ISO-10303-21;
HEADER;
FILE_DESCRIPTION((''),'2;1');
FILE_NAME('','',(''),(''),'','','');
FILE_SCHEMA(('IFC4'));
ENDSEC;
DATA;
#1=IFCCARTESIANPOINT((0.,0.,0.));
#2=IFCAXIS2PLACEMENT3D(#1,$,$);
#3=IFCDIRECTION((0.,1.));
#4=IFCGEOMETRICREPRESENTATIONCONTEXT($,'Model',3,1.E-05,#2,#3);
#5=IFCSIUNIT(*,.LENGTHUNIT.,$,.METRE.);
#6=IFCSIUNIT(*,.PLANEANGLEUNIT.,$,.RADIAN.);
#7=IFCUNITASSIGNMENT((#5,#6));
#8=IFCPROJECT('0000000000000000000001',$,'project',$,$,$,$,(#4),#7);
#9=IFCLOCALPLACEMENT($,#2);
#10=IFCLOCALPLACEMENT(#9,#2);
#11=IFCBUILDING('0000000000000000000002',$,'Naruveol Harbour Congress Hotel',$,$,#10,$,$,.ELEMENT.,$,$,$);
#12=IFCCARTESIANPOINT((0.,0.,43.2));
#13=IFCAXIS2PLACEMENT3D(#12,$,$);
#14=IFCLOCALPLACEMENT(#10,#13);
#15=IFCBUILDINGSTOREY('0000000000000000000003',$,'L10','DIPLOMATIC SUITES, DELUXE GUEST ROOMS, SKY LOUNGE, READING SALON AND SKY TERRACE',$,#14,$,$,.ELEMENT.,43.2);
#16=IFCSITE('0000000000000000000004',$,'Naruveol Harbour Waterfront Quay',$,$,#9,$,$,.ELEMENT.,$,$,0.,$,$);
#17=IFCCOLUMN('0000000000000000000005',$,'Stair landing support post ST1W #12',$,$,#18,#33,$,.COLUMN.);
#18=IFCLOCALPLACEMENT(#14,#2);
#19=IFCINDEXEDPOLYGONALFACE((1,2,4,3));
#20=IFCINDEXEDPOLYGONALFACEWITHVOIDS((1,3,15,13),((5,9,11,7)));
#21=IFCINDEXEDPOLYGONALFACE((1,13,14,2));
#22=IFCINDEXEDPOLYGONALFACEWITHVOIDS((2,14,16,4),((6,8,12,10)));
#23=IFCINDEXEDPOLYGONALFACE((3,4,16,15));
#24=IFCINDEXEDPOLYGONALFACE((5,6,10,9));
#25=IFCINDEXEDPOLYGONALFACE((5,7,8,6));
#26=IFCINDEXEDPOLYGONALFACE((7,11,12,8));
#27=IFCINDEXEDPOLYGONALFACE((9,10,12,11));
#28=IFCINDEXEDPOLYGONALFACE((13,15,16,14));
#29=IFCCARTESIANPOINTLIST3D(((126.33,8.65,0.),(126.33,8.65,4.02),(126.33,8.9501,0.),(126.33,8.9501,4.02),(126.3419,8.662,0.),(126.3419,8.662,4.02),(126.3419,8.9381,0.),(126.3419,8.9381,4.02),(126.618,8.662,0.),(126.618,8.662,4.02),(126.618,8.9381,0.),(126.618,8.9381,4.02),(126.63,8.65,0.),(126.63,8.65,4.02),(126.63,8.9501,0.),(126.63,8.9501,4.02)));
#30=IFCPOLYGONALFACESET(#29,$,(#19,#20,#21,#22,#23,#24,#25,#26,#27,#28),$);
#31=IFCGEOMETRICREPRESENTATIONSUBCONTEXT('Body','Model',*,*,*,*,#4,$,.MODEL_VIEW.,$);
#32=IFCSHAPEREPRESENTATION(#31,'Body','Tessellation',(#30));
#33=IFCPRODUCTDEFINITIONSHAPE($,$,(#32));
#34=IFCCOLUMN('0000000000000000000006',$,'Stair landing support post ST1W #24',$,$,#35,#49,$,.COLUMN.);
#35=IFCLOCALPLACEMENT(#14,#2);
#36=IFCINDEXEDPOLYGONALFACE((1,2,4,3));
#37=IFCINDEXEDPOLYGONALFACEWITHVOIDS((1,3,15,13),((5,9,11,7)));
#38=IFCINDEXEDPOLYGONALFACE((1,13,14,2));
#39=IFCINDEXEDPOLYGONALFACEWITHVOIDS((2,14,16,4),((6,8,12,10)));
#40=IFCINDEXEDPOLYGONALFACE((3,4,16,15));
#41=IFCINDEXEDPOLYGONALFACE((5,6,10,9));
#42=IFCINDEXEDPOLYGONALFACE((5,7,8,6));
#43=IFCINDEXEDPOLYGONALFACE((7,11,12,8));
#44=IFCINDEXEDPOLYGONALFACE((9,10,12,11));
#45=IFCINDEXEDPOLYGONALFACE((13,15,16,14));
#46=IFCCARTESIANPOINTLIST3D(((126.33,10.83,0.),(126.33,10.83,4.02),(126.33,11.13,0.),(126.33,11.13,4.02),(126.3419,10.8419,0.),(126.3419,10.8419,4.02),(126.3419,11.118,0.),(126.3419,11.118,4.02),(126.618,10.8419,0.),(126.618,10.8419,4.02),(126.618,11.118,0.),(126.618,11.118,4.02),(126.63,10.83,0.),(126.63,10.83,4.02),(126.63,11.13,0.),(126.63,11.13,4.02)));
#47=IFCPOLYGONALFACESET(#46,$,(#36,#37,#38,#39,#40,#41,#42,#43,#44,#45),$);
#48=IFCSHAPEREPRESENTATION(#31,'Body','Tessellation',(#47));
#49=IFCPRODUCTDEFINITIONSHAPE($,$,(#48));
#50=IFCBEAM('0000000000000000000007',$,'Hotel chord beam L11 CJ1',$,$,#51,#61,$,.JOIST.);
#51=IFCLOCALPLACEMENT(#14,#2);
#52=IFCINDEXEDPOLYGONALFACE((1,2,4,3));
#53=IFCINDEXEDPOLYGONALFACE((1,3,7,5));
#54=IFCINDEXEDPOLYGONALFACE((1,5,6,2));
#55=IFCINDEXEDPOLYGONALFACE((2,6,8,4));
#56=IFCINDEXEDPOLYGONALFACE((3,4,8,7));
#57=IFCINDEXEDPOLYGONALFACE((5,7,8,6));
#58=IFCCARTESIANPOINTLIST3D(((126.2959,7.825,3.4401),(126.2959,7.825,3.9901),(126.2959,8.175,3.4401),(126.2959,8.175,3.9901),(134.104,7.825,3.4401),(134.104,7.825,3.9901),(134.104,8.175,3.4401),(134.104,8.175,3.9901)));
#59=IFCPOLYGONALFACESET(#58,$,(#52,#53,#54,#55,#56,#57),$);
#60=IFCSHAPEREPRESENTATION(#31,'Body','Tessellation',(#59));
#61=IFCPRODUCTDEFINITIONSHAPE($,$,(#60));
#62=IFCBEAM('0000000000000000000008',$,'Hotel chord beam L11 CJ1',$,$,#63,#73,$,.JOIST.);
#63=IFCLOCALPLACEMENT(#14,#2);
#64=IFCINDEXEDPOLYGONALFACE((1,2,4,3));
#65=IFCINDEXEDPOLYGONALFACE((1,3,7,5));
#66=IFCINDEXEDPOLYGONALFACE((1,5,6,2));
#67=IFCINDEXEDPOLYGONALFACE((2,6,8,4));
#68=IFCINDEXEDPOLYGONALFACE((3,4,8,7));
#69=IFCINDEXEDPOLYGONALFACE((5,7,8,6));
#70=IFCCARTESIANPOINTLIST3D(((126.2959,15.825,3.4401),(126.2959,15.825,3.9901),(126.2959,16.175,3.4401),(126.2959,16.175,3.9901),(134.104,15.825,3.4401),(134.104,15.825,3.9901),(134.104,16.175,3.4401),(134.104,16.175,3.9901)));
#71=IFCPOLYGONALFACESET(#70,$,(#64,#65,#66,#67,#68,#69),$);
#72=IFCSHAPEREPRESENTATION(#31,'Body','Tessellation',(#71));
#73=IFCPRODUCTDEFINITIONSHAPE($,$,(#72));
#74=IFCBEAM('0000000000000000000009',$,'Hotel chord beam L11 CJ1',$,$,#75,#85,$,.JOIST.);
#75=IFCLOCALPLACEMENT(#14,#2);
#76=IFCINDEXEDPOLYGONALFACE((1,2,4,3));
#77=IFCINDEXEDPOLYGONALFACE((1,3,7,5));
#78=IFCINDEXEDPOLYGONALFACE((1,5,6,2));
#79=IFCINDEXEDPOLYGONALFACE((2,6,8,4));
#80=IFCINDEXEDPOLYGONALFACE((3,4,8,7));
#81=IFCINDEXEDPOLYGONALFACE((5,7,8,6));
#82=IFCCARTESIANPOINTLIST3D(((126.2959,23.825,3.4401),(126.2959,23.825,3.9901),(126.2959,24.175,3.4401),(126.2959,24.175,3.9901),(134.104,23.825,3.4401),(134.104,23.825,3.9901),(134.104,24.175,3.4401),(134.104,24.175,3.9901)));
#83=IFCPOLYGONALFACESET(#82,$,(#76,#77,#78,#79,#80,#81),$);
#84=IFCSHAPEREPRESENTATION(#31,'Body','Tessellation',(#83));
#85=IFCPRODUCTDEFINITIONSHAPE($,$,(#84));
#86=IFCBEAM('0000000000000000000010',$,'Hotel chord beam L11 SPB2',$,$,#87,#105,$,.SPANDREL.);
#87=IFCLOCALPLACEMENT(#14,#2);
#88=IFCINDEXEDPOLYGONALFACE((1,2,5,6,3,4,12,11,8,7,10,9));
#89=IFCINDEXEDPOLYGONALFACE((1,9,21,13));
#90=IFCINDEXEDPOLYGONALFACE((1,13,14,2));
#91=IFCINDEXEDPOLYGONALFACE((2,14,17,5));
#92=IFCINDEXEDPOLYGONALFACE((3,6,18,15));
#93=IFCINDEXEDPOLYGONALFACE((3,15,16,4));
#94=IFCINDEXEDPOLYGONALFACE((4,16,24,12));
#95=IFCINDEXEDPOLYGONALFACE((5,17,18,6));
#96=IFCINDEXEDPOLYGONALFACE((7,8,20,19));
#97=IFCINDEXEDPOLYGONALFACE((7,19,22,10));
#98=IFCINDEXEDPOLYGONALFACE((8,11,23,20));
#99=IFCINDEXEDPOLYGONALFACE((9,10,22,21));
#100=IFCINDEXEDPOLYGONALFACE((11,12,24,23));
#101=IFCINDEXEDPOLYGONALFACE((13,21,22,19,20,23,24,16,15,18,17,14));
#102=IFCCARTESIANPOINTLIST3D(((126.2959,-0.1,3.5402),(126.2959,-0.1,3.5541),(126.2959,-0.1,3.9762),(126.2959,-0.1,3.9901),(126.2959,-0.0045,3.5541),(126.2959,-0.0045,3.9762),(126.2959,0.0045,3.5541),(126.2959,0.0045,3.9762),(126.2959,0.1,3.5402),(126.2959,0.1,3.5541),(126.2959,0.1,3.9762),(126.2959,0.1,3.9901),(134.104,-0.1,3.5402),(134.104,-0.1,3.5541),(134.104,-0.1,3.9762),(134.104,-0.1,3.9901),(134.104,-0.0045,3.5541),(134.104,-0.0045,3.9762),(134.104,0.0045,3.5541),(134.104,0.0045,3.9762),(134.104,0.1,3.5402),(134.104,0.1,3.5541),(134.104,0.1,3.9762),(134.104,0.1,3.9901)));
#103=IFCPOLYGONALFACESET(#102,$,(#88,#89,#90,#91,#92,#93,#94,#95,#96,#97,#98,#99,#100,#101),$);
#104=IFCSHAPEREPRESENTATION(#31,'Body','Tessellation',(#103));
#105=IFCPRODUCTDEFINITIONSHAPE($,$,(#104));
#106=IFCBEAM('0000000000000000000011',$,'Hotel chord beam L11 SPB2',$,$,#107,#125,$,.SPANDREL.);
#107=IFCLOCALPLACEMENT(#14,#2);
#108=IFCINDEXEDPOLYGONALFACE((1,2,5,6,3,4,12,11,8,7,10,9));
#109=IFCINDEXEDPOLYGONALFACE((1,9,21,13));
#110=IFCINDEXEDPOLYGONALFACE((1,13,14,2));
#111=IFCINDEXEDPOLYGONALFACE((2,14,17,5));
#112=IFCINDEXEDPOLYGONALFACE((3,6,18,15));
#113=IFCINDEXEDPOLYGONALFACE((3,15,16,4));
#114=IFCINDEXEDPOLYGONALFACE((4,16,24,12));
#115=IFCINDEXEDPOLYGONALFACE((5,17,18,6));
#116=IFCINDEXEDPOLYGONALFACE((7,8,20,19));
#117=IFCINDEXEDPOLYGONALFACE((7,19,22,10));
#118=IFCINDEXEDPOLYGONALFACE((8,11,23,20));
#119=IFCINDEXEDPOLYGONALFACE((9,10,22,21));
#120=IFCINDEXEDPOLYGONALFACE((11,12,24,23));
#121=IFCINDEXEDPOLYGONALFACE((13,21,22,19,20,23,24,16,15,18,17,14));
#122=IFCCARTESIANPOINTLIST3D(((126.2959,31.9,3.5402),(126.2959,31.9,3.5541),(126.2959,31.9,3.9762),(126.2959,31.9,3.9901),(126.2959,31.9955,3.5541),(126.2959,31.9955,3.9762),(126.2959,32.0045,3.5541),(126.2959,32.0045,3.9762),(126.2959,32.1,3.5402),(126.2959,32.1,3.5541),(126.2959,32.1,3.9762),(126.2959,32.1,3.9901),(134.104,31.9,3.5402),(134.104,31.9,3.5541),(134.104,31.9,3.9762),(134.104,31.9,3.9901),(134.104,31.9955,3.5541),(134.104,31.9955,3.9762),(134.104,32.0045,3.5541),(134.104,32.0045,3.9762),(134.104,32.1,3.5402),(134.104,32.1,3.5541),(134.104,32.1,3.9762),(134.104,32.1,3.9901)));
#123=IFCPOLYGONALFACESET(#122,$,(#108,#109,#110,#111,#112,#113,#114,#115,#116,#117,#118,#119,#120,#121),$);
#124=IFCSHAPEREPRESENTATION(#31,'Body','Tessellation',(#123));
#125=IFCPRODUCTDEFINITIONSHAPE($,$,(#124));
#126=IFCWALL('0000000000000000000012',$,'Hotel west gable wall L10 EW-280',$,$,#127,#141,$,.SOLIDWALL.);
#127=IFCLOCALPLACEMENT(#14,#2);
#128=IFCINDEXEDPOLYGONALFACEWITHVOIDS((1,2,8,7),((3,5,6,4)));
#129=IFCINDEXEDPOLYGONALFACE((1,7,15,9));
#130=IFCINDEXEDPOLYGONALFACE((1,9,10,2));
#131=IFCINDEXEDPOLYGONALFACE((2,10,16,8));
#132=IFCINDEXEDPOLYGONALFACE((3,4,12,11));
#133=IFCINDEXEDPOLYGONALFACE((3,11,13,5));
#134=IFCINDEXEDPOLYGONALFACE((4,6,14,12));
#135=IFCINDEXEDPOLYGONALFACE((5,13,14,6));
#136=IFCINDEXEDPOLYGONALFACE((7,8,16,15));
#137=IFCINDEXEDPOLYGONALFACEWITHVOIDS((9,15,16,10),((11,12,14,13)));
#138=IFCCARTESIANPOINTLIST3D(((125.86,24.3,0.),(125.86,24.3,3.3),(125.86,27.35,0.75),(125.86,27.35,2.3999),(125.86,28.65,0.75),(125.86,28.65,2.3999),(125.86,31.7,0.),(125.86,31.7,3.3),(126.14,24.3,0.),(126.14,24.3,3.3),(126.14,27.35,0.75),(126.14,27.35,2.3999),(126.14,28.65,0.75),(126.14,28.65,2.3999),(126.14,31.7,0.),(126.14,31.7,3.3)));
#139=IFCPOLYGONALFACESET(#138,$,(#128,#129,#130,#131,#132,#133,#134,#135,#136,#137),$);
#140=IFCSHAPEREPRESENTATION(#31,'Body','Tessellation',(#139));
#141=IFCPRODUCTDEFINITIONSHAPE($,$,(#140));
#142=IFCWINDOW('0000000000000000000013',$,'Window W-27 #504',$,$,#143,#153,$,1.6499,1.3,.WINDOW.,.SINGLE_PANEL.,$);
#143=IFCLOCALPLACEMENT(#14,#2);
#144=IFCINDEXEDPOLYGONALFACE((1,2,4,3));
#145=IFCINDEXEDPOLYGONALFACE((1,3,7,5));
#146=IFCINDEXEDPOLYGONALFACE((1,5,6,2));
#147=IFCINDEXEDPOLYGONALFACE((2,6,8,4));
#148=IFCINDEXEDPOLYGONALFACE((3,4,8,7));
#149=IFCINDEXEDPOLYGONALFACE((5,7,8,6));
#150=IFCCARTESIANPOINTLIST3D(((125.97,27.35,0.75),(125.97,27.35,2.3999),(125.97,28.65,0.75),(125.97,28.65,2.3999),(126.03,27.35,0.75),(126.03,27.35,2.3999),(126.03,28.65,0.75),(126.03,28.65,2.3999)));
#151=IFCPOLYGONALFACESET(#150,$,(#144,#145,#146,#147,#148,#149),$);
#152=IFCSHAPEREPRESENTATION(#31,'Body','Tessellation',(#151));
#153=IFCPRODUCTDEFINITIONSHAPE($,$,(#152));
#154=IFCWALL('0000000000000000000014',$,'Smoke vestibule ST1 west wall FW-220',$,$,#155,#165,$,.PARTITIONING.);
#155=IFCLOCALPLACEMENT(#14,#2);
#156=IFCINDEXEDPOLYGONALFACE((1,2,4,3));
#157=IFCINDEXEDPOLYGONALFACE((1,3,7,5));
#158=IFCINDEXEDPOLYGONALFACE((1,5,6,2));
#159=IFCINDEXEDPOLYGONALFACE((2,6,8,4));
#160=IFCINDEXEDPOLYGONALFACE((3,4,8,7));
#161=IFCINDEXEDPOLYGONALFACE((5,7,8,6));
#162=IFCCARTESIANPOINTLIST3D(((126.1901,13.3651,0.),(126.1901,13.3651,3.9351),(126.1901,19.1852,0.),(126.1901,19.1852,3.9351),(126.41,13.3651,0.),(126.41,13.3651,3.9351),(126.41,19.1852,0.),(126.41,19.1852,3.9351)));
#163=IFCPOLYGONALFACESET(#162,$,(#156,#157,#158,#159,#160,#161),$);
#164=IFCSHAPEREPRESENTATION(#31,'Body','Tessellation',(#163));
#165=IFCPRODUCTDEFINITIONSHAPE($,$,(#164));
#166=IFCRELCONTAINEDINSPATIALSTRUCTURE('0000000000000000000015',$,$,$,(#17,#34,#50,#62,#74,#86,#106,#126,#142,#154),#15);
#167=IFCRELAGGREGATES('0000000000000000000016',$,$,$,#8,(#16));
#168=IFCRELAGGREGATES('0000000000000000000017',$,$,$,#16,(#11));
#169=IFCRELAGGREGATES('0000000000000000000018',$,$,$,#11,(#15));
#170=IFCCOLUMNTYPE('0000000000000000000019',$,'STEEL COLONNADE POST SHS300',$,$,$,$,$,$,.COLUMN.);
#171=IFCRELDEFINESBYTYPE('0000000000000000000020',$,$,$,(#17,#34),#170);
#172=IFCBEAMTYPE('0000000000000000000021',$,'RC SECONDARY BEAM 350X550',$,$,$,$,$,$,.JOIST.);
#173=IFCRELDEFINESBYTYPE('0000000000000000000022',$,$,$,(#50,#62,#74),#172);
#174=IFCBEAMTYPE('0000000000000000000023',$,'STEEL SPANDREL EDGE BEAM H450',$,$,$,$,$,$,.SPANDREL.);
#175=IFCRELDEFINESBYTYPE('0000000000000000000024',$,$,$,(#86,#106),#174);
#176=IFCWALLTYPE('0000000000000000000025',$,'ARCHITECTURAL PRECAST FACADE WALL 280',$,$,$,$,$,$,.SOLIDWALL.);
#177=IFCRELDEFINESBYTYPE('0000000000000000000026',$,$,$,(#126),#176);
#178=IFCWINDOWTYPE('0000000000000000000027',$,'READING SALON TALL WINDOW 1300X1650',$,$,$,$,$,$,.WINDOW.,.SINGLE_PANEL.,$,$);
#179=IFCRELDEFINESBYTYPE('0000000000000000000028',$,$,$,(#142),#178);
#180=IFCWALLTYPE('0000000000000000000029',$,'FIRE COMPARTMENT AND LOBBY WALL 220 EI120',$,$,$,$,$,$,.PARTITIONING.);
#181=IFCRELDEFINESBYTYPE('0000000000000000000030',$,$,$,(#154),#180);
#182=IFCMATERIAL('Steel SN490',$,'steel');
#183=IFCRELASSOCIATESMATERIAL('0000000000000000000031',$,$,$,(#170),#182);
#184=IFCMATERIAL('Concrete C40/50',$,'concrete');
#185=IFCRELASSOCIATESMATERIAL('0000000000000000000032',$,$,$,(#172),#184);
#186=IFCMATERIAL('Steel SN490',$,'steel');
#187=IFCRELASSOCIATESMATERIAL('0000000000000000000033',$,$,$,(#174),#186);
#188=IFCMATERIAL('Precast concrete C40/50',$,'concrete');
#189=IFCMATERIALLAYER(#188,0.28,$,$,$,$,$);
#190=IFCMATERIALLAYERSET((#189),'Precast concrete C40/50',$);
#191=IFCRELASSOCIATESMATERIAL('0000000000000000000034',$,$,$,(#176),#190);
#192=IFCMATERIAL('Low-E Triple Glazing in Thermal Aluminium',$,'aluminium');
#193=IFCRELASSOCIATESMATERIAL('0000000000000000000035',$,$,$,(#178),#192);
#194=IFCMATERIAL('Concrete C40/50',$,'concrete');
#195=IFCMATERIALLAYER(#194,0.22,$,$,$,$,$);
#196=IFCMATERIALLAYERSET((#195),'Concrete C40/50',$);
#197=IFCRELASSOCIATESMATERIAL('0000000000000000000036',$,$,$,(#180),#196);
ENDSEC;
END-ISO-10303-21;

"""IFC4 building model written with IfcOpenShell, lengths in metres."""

from ifc_helpers import new_model, si_unit, direction, frame, frame_2d, origin, origin_2d, place, context, subcontext, project, spatial, rectangle, hollow_rectangle, i_section, extrude, material, layer, layer_set, material_profile, profile_set, type_object, element, fill, save


model = new_model("IFC4")

# Units and contexts
model_context = context("Model", 3, precision=1e-05, world=origin(), true_north=direction((0.0, 1.0)))
body_context = subcontext(model_context, "Body", "Model", "MODEL_VIEW")
ifc_project = project(units=[si_unit("LENGTHUNIT", "METRE"), si_unit("PLANEANGLEUNIT", "RADIAN")], contexts=[model_context])

# Site, building, storey
site_placement = place(None, origin())
site = spatial("IfcSite", under=ifc_project, at=site_placement, Name="Naruveol Harbour Waterfront Quay", CompositionType="ELEMENT", RefElevation=0.0)
building_placement = place(site_placement, origin())
building = spatial("IfcBuilding", under=site, at=building_placement, Name="Naruveol Harbour Congress Hotel", CompositionType="ELEMENT")
storey_placement = place(building_placement, frame((0.0, 0.0, 43.2)))
storey = spatial("IfcBuildingStorey", under=building, at=storey_placement, Name="L10", Description="DIPLOMATIC SUITES, DELUXE GUEST ROOMS, SKY LOUNGE, READING SALON AND SKY TERRACE", CompositionType="ELEMENT", Elevation=43.2)

# Columns
ifc_material_1 = material(Name="Steel SN490", Category="steel")
ifc_material_profile_1 = material_profile(ifc_material_1, hollow_rectangle(XDim=0.3, YDim=0.3, WallThickness=0.012, at=origin_2d()), Name="SHS-300x300x12")
ifc_profile_set_1 = profile_set([ifc_material_profile_1], Name="Steel SN490")
column_type = type_object("IfcColumnType", Name="STEEL COLONNADE POST SHS300", PredefinedType="COLUMN", material=ifc_profile_set_1)
for number, where, z_axis, x_axis, name in (
    (1, (126.48, 8.8, 0.0), (0.0, 0.0, 1.0), (1.0, 0.0, 0.0), "Stair landing support post ST1W #12"),
    (2, (126.48, 10.98, 0.0), (0.0, 0.0, 1.0), (1.0, 0.0, 0.0), "Stair landing support post ST1W #24"),
):
    element("IfcColumn", number, at=place(storey_placement, frame(where, z_axis=z_axis, x_axis=x_axis)), inside=storey, type_object=column_type, Name=name, PredefinedType="COLUMN", context=body_context, shape_type="SweptSolid", body=[
        extrude(hollow_rectangle(XDim=0.3, YDim=0.3, WallThickness=0.012, at=origin_2d()), origin(), (0.0, 0.0, 1.0), 4.02),
    ])

# Beams
ifc_material_2 = material(Name="Concrete C40/50", Category="concrete")
ifc_material_profile_2 = material_profile(ifc_material_2, rectangle(XDim=0.3501, YDim=0.55, at=origin_2d()), Name="RCB-350x550")
ifc_profile_set_2 = profile_set([ifc_material_profile_2], Name="Concrete C40/50")
beam_type_1 = type_object("IfcBeamType", Name="RC SECONDARY BEAM 350X550", PredefinedType="JOIST", material=ifc_profile_set_2)
for number, where, z_axis, x_axis, name in (
    (3, (126.2959, 8.0, 3.7151), (1.0, 0.0, 0.0), (0.0, 1.0, 0.0), "Hotel chord beam L11 CJ1"),
    (4, (126.2959, 16.0, 3.7151), (1.0, 0.0, 0.0), (0.0, 1.0, 0.0), "Hotel chord beam L11 CJ1"),
    (5, (126.2959, 24.0, 3.7151), (1.0, 0.0, 0.0), (0.0, 1.0, 0.0), "Hotel chord beam L11 CJ1"),
):
    element("IfcBeam", number, at=place(storey_placement, frame(where, z_axis=z_axis, x_axis=x_axis)), inside=storey, type_object=beam_type_1, Name=name, PredefinedType="JOIST", context=body_context, shape_type="SweptSolid", body=[
        extrude(rectangle(XDim=0.3501, YDim=0.55, at=origin_2d()), origin(), (0.0, 0.0, 1.0), 7.8081),
    ])
ifc_material_3 = material(Name="Steel SN490", Category="steel")
ifc_material_profile_3 = material_profile(ifc_material_3, i_section(OverallWidth=0.2, OverallDepth=0.45, WebThickness=0.009, FlangeThickness=0.0139, at=origin_2d()), Name="H-450x200x9x14")
ifc_profile_set_3 = profile_set([ifc_material_profile_3], Name="Steel SN490")
beam_type_2 = type_object("IfcBeamType", Name="STEEL SPANDREL EDGE BEAM H450", PredefinedType="SPANDREL", material=ifc_profile_set_3)
for number, where, z_axis, x_axis, name in (
    (6, (126.2959, 0.0, 3.7651), (1.0, 0.0, 0.0), (0.0, 1.0, 0.0), "Hotel chord beam L11 SPB2"),
    (7, (126.2959, 32.0, 3.7651), (1.0, 0.0, 0.0), (0.0, 1.0, 0.0), "Hotel chord beam L11 SPB2"),
):
    element("IfcBeam", number, at=place(storey_placement, frame(where, z_axis=z_axis, x_axis=x_axis)), inside=storey, type_object=beam_type_2, Name=name, PredefinedType="SPANDREL", context=body_context, shape_type="SweptSolid", body=[
        extrude(i_section(OverallWidth=0.2, OverallDepth=0.45, WebThickness=0.009, FlangeThickness=0.0139, at=origin_2d()), origin(), (0.0, 0.0, 1.0), 7.8081),
    ])

# Wall, opening, window
ifc_material_4 = material(Name="Precast concrete C40/50", Category="concrete")
ifc_layer_1 = layer(ifc_material_4, 0.28)
ifc_layer_set_1 = layer_set([ifc_layer_1], Name="Precast concrete C40/50")
wall_type_1 = type_object("IfcWallType", Name="ARCHITECTURAL PRECAST FACADE WALL 280", PredefinedType="SOLIDWALL", material=ifc_layer_set_1)
wall_1_placement = place(storey_placement, frame((126.0, 24.3, 0.0), z_axis=(0.0, 0.0, 1.0), x_axis=(0.0, 1.0, 0.0)))
wall_1 = element("IfcWall", 8, at=wall_1_placement, inside=storey, type_object=wall_type_1, Name="Hotel west gable wall L10 EW-280", PredefinedType="SOLIDWALL", context=body_context, shape_type="SweptSolid", body=[
    extrude(rectangle(XDim=7.3999, YDim=0.28, at=frame_2d((3.7, 0.0))), origin(), (0.0, 0.0, 1.0), 3.3),
])
opening_1_placement = place(wall_1_placement, frame((3.05, 0.0, 0.75)))
opening_1 = element("IfcOpeningElement", 9, at=opening_1_placement, cuts=wall_1, PredefinedType="OPENING", context=body_context, shape_type="SweptSolid", body=[
    extrude(rectangle(XDim=1.3, YDim=1.6499, at=frame_2d((0.6499, 0.825))), frame((0.0, 0.1499, 0.0), z_axis=(0.0, -1.0, 0.0), x_axis=(1.0, 0.0, 0.0)), (0.0, 0.0, 1.0), 0.3),
])
ifc_material_5 = material(Name="Low-E Triple Glazing in Thermal Aluminium", Category="aluminium")
window_type_1 = type_object("IfcWindowType", Name="READING SALON TALL WINDOW 1300X1650", PartitioningType="SINGLE_PANEL", PredefinedType="WINDOW", material=ifc_material_5)
window_1_placement = place(opening_1_placement, origin())
window_1 = element("IfcWindow", 10, at=window_1_placement, inside=storey, type_object=window_type_1, Name="Window W-27 #504", OverallHeight=1.6499, OverallWidth=1.3, PartitioningType="SINGLE_PANEL", PredefinedType="WINDOW", context=body_context, shape_type="SweptSolid", body=[
    extrude(rectangle(XDim=1.3, YDim=1.6499, at=frame_2d((0.6499, 0.825))), frame((0.0, 0.03, 0.0), z_axis=(0.0, -1.0, 0.0), x_axis=(1.0, 0.0, 0.0)), (0.0, 0.0, 1.0), 0.0601),
])
fill(opening_1, window_1)

# Wall
ifc_material_6 = material(Name="Concrete C40/50", Category="concrete")
ifc_layer_2 = layer(ifc_material_6, 0.22)
ifc_layer_set_2 = layer_set([ifc_layer_2], Name="Concrete C40/50")
wall_type_2 = type_object("IfcWallType", Name="FIRE COMPARTMENT AND LOBBY WALL 220 EI120", PredefinedType="PARTITIONING", material=ifc_layer_set_2)
wall_2_placement = place(storey_placement, frame((126.3, 13.365, 0.0), z_axis=(0.0, 0.0, 1.0), x_axis=(0.0, 1.0, 0.0)))
element("IfcWall", 11, at=wall_2_placement, inside=storey, type_object=wall_type_2, Name="Smoke vestibule ST1 west wall FW-220", PredefinedType="PARTITIONING", context=body_context, shape_type="SweptSolid", body=[
    extrude(rectangle(XDim=5.8201, YDim=0.22, at=frame_2d((2.9102, 0.0))), origin(), (0.0, 0.0, 1.0), 3.9351),
])

save(model, "model.ifc")
